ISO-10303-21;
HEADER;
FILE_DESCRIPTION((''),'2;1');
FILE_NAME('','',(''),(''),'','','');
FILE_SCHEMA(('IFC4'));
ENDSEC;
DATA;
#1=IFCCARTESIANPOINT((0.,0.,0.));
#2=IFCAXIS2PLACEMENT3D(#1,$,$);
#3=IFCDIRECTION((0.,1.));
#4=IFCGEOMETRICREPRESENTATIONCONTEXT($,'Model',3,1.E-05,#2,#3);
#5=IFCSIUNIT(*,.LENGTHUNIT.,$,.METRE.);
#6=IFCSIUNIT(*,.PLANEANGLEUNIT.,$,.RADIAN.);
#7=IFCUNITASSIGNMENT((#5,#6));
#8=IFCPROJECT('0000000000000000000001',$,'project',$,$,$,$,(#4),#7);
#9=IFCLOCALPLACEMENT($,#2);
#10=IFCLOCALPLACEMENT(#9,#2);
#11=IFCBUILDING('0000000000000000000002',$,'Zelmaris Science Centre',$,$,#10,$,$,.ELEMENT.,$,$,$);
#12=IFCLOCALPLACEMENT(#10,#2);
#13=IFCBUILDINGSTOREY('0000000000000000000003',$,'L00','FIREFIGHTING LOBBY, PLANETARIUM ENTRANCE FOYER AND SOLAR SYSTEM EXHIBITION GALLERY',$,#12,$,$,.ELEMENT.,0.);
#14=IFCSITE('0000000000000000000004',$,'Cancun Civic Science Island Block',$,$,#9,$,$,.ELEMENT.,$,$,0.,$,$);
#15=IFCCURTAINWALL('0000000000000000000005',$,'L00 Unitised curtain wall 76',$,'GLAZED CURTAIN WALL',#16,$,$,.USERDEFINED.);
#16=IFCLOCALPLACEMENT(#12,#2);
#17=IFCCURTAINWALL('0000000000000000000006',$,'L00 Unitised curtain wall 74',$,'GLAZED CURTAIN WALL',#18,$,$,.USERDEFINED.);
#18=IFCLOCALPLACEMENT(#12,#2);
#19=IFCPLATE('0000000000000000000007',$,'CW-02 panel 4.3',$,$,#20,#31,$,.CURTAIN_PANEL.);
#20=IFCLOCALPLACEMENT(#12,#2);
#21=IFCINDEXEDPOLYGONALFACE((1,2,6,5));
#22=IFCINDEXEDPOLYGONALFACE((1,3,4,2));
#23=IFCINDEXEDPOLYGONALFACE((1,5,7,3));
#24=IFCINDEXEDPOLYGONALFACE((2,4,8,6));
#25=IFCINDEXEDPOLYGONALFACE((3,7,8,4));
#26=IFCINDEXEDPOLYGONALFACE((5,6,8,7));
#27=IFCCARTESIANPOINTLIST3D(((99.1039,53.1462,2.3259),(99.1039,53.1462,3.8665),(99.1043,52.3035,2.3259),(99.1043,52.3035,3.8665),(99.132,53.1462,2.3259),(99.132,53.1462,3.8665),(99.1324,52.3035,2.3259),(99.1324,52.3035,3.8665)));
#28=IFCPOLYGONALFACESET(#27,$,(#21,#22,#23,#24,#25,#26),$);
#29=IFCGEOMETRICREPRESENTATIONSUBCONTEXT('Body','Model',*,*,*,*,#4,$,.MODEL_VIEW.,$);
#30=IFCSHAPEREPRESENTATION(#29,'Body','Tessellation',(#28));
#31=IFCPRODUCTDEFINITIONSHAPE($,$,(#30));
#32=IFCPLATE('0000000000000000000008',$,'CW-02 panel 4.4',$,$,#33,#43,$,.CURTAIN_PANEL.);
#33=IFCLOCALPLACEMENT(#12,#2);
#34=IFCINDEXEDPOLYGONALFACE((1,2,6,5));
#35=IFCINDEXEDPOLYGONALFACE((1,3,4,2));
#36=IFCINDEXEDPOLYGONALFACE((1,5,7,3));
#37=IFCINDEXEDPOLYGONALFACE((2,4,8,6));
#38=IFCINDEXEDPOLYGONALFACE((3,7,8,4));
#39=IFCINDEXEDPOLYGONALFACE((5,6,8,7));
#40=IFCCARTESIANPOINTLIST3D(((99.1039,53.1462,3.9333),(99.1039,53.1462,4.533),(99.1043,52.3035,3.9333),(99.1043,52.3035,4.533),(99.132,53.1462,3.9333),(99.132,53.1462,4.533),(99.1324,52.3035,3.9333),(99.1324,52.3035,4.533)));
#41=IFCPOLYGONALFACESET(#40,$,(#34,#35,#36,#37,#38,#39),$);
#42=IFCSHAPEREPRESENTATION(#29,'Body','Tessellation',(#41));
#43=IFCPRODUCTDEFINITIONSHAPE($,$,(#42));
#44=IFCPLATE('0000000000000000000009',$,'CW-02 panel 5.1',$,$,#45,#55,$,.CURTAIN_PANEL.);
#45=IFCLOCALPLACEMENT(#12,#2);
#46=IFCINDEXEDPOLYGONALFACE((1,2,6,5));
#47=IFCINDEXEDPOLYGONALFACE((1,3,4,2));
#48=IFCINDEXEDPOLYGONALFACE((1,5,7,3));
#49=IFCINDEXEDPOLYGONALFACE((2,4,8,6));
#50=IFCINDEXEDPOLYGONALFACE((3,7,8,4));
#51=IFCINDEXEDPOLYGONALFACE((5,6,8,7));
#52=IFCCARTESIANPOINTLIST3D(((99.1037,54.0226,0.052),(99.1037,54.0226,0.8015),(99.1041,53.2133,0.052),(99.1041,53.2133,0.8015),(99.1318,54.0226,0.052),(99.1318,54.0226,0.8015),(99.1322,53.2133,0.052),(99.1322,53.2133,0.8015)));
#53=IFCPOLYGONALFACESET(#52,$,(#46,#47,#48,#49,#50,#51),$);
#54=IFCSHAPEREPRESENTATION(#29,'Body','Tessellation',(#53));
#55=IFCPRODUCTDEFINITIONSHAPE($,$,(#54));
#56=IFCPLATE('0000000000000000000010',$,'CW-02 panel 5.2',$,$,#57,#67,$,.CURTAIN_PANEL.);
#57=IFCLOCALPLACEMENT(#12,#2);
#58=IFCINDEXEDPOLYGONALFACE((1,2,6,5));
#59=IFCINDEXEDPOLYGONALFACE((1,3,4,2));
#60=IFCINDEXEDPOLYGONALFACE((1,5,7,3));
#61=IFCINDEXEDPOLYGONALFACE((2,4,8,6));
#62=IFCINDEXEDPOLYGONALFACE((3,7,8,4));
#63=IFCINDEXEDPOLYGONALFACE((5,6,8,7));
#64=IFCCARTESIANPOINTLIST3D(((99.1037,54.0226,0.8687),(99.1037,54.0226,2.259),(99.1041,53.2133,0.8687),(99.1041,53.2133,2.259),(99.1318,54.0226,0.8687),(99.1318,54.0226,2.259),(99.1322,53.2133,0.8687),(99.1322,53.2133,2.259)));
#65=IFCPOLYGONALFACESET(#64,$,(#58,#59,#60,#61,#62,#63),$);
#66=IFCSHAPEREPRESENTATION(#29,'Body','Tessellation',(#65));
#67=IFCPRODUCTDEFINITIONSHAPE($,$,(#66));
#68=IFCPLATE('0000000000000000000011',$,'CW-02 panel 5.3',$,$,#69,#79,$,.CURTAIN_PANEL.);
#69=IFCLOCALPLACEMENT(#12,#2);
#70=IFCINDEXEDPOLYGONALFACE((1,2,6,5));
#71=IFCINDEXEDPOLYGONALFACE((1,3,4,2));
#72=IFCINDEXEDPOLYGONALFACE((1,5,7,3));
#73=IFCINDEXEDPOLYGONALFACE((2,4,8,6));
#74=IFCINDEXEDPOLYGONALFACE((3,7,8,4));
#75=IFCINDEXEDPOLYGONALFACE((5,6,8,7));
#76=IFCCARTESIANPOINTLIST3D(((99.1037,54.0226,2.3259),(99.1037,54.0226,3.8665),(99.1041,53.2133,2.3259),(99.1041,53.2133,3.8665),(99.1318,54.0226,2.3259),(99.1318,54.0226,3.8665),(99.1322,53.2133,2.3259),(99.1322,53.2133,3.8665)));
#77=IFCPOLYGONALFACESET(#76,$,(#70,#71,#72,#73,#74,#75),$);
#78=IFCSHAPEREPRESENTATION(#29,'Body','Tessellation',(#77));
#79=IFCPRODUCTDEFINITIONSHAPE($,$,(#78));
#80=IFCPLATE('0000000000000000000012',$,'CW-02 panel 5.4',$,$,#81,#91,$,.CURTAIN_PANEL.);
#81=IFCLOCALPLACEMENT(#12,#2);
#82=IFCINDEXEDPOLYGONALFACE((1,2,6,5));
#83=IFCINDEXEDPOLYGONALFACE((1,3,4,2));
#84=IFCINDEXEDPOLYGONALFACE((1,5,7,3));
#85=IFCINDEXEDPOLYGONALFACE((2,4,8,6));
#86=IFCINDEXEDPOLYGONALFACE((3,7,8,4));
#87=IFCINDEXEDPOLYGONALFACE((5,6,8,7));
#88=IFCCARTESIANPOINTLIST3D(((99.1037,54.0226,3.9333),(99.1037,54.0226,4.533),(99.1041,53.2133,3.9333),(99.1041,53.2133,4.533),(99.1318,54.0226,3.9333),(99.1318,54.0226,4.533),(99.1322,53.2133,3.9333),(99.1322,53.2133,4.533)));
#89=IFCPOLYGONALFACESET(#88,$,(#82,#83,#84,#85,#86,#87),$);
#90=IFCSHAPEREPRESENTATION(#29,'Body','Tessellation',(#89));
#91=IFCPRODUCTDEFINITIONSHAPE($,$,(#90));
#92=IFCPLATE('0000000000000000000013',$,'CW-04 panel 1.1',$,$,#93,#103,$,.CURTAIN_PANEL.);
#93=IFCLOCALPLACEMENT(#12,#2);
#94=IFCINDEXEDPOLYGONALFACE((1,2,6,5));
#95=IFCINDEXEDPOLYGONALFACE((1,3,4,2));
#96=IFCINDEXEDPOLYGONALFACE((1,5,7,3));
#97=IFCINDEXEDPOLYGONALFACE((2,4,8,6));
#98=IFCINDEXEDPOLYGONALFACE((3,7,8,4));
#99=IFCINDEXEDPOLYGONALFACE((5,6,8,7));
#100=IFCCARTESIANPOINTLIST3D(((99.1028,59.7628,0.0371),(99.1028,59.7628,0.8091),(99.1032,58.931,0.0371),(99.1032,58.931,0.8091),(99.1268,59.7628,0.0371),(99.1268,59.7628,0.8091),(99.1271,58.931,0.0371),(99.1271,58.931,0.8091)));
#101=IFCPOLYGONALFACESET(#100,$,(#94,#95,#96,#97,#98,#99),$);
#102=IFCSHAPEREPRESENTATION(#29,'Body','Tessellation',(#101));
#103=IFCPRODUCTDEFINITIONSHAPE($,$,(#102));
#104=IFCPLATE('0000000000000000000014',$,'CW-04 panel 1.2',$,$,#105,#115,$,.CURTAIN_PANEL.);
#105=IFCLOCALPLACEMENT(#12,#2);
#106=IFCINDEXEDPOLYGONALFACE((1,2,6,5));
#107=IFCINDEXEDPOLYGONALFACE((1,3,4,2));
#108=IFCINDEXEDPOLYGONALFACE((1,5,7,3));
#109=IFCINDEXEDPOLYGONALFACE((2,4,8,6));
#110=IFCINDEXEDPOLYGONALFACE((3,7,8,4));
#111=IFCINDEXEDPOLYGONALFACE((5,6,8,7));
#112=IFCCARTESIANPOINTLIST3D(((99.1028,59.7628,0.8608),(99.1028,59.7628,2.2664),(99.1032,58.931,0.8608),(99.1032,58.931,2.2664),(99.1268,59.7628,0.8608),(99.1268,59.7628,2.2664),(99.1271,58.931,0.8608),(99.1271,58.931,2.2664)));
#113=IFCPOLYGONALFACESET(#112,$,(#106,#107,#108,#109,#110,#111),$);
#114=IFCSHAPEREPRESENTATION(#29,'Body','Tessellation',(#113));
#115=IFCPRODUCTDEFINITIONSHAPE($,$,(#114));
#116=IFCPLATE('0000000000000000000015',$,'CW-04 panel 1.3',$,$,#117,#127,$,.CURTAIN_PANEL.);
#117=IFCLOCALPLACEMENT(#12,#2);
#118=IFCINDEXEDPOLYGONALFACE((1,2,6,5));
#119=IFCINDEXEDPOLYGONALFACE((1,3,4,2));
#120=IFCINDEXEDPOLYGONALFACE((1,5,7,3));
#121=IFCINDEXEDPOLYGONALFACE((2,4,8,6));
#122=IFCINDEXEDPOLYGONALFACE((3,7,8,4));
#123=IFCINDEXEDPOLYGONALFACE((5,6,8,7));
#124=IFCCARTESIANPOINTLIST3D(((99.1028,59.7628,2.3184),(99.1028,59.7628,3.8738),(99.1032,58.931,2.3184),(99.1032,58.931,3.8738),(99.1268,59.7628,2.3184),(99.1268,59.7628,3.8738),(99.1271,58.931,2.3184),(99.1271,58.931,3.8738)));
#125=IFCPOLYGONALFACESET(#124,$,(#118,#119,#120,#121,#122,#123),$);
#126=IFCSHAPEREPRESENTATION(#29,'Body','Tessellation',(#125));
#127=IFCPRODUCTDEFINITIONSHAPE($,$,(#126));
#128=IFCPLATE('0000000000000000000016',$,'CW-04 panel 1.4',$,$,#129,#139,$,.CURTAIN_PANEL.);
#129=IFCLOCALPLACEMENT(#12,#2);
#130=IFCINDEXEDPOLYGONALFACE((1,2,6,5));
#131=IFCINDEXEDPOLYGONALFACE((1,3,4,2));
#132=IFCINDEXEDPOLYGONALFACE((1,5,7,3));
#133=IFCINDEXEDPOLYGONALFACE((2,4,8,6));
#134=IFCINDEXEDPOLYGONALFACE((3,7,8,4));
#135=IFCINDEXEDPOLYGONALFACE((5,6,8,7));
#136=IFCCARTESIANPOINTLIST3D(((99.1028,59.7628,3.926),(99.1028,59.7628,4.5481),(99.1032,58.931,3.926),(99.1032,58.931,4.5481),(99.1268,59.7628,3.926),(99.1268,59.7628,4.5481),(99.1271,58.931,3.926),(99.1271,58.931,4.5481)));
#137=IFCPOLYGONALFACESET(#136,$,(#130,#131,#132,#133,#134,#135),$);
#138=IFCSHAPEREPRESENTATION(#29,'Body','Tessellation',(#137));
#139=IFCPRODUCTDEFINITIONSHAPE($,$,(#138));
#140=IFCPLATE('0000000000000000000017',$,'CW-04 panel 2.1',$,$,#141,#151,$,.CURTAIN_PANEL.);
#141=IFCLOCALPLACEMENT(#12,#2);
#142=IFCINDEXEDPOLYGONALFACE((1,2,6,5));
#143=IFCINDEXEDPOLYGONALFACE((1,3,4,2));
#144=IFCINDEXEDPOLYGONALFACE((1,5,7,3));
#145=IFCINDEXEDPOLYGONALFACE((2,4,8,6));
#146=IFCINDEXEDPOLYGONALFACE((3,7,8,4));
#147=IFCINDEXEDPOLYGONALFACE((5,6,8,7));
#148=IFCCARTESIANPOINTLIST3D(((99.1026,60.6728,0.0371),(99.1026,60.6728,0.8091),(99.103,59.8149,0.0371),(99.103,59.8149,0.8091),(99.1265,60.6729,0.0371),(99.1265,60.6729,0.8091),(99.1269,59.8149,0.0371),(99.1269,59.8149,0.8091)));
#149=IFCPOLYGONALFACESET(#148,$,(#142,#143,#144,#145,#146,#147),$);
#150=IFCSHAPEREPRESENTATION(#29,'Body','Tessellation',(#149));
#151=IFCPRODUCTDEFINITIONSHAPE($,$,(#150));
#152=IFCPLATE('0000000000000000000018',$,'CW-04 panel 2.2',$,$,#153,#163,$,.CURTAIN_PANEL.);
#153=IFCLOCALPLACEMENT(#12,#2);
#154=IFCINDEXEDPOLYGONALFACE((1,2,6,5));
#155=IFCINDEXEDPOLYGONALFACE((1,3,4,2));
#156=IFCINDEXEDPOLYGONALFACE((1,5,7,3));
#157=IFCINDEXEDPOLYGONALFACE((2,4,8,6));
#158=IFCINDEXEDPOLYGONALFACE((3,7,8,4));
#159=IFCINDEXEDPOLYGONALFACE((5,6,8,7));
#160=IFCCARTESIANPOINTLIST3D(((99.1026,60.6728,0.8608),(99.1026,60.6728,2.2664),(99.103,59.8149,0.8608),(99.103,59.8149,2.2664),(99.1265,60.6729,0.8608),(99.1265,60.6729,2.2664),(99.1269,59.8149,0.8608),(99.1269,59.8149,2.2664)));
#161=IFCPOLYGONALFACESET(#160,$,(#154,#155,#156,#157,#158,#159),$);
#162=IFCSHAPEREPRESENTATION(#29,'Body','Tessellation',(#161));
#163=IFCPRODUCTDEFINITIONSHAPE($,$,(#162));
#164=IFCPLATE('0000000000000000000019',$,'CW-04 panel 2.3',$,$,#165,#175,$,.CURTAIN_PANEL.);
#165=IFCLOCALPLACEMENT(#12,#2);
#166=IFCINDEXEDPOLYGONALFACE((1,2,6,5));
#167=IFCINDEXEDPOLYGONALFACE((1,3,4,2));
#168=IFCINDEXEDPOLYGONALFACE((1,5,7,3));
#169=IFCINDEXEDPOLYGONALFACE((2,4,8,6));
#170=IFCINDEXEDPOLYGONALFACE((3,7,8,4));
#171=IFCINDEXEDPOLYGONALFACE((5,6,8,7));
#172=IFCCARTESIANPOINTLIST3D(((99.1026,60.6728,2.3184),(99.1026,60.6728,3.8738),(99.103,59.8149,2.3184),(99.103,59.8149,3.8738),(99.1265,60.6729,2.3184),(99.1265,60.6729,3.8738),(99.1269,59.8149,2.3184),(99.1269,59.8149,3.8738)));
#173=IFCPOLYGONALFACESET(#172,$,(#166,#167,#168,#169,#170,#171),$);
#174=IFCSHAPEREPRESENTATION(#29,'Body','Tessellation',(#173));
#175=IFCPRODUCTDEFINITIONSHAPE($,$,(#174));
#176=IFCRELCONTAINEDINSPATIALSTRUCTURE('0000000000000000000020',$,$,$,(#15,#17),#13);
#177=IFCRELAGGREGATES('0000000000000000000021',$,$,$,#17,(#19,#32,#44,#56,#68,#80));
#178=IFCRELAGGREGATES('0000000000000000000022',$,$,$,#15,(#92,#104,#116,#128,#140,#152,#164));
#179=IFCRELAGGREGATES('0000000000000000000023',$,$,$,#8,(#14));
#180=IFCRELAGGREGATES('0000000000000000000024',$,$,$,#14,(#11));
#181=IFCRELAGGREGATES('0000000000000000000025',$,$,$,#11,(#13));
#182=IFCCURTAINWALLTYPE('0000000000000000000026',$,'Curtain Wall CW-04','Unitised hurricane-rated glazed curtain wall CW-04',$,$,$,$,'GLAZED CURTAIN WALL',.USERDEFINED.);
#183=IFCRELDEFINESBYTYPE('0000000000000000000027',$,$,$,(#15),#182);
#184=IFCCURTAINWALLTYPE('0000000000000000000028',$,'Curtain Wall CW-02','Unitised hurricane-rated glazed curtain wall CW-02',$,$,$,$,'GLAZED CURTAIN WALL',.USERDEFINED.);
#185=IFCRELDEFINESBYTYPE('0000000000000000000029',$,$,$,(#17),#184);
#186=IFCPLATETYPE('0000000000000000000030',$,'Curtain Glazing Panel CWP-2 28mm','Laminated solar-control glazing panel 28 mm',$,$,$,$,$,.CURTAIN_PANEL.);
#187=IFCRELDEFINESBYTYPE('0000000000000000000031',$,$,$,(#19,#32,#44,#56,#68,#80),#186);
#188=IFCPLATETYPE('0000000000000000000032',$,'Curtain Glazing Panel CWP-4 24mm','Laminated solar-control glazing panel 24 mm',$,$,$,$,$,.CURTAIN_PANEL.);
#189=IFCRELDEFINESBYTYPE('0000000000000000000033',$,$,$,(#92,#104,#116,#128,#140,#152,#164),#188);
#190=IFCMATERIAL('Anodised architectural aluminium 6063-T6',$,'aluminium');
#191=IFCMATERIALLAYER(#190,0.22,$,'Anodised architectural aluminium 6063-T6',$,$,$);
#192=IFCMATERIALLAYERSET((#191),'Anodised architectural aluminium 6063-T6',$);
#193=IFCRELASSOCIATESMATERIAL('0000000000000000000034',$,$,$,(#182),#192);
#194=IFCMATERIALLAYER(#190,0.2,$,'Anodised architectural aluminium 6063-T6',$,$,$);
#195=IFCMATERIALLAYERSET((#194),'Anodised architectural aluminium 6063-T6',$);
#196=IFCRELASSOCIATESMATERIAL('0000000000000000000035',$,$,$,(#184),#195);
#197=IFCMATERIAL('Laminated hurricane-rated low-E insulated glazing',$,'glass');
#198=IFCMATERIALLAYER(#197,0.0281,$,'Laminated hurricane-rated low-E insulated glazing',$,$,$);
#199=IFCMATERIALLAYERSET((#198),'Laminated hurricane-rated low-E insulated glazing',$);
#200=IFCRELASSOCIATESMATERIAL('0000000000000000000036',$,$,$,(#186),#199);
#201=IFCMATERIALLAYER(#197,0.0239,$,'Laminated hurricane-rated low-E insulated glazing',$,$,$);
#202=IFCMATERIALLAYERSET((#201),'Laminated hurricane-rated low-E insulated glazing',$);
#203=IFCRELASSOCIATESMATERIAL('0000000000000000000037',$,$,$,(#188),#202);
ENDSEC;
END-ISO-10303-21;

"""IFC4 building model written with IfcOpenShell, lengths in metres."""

from ifc_helpers import new_model, si_unit, direction, frame, origin, origin_2d, place, context, subcontext, project, spatial, rectangle, extrude, material, layer, layer_set, type_object, element, aggregate, save


model = new_model("IFC4")

# Units and contexts
model_context = context("Model", 3, precision=1e-05, world=origin(), true_north=direction((0.0, 1.0)))
body_context = subcontext(model_context, "Body", "Model", "MODEL_VIEW")
ifc_project = project(units=[si_unit("LENGTHUNIT", "METRE"), si_unit("PLANEANGLEUNIT", "RADIAN")], contexts=[model_context])

# Site, building, storey
site_placement = place(None, origin())
site = spatial("IfcSite", under=ifc_project, at=site_placement, Name="Cancun Civic Science Island Block", CompositionType="ELEMENT", RefElevation=0.0)
building_placement = place(site_placement, origin())
building = spatial("IfcBuilding", under=site, at=building_placement, Name="Zelmaris Science Centre", CompositionType="ELEMENT")
storey_placement = place(building_placement, origin())
storey = spatial("IfcBuildingStorey", under=building, at=storey_placement, Name="L00", Description="FIREFIGHTING LOBBY, PLANETARIUM ENTRANCE FOYER AND SOLAR SYSTEM EXHIBITION GALLERY", CompositionType="ELEMENT", Elevation=0.0)

# Curtain walls
ifc_material_1 = material(Name="Anodised architectural aluminium 6063-T6", Category="aluminium")
ifc_layer_1 = layer(ifc_material_1, 0.22, Name="Anodised architectural aluminium 6063-T6")
ifc_layer_set_1 = layer_set([ifc_layer_1], Name="Anodised architectural aluminium 6063-T6")
curtain_wall_type_1 = type_object("IfcCurtainWallType", Name="Curtain Wall CW-04", Description="Unitised hurricane-rated glazed curtain wall CW-04", ElementType="GLAZED CURTAIN WALL", PredefinedType="USERDEFINED", material=ifc_layer_set_1)
curtain_wall_1_placement = place(storey_placement, origin())
curtain_wall_1 = element("IfcCurtainWall", 1, at=curtain_wall_1_placement, inside=storey, type_object=curtain_wall_type_1, Name="L00 Unitised curtain wall 76", ObjectType="GLAZED CURTAIN WALL", PredefinedType="USERDEFINED")
ifc_layer_2 = layer(ifc_material_1, 0.2, Name="Anodised architectural aluminium 6063-T6")
ifc_layer_set_2 = layer_set([ifc_layer_2], Name="Anodised architectural aluminium 6063-T6")
curtain_wall_type_2 = type_object("IfcCurtainWallType", Name="Curtain Wall CW-02", Description="Unitised hurricane-rated glazed curtain wall CW-02", ElementType="GLAZED CURTAIN WALL", PredefinedType="USERDEFINED", material=ifc_layer_set_2)
curtain_wall_2_placement = place(storey_placement, origin())
curtain_wall_2 = element("IfcCurtainWall", 2, at=curtain_wall_2_placement, inside=storey, type_object=curtain_wall_type_2, Name="L00 Unitised curtain wall 74", ObjectType="GLAZED CURTAIN WALL", PredefinedType="USERDEFINED")

# Plates
ifc_material_2 = material(Name="Laminated hurricane-rated low-E insulated glazing", Category="glass")
ifc_layer_3 = layer(ifc_material_2, 0.0281, Name="Laminated hurricane-rated low-E insulated glazing")
ifc_layer_set_3 = layer_set([ifc_layer_3], Name="Laminated hurricane-rated low-E insulated glazing")
plate_type_1 = type_object("IfcPlateType", Name="Curtain Glazing Panel CWP-2 28mm", Description="Laminated solar-control glazing panel 28 mm", PredefinedType="CURTAIN_PANEL", material=ifc_layer_set_3)
plate_1_placement = place(storey_placement, frame((99.1182, 52.7249, 2.3259), z_axis=(0.0, 0.0, 1.0), x_axis=(-0.000484, 1.0, 0.0)))
plate_1 = element("IfcPlate", 3, at=plate_1_placement, type_object=plate_type_1, Name="CW-02 panel 4.3", PredefinedType="CURTAIN_PANEL", context=body_context, shape_type="SweptSolid", body=[
    extrude(rectangle(XDim=0.8428, YDim=0.0281, at=origin_2d()), origin(), (0.0, 0.0, 1.0), 1.5405),
])
plate_2_placement = place(storey_placement, frame((99.1182, 52.7249, 3.9333), z_axis=(0.0, 0.0, 1.0), x_axis=(-0.000484, 1.0, 0.0)))
plate_2 = element("IfcPlate", 4, at=plate_2_placement, type_object=plate_type_1, Name="CW-02 panel 4.4", PredefinedType="CURTAIN_PANEL", context=body_context, shape_type="SweptSolid", body=[
    extrude(rectangle(XDim=0.8428, YDim=0.0281, at=origin_2d()), origin(), (0.0, 0.0, 1.0), 0.5996),
])
plate_3_placement = place(storey_placement, frame((99.1179, 53.6179, 0.052), z_axis=(0.0, 0.0, 1.0), x_axis=(-0.000484, 1.0, 0.0)))
plate_3 = element("IfcPlate", 5, at=plate_3_placement, type_object=plate_type_1, Name="CW-02 panel 5.1", PredefinedType="CURTAIN_PANEL", context=body_context, shape_type="SweptSolid", body=[
    extrude(rectangle(XDim=0.8093, YDim=0.0281, at=origin_2d()), origin(), (0.0, 0.0, 1.0), 0.7495),
])
plate_4_placement = place(storey_placement, frame((99.1179, 53.6179, 0.8687), z_axis=(0.0, 0.0, 1.0), x_axis=(-0.000484, 1.0, 0.0)))
plate_4 = element("IfcPlate", 6, at=plate_4_placement, type_object=plate_type_1, Name="CW-02 panel 5.2", PredefinedType="CURTAIN_PANEL", context=body_context, shape_type="SweptSolid", body=[
    extrude(rectangle(XDim=0.8093, YDim=0.0281, at=origin_2d()), origin(), (0.0, 0.0, 1.0), 1.3904),
])
plate_5_placement = place(storey_placement, frame((99.1179, 53.6179, 2.3259), z_axis=(0.0, 0.0, 1.0), x_axis=(-0.000484, 1.0, 0.0)))
plate_5 = element("IfcPlate", 7, at=plate_5_placement, type_object=plate_type_1, Name="CW-02 panel 5.3", PredefinedType="CURTAIN_PANEL", context=body_context, shape_type="SweptSolid", body=[
    extrude(rectangle(XDim=0.8093, YDim=0.0281, at=origin_2d()), origin(), (0.0, 0.0, 1.0), 1.5405),
])
plate_6_placement = place(storey_placement, frame((99.1179, 53.6179, 3.9333), z_axis=(0.0, 0.0, 1.0), x_axis=(-0.000484, 1.0, 0.0)))
plate_6 = element("IfcPlate", 8, at=plate_6_placement, type_object=plate_type_1, Name="CW-02 panel 5.4", PredefinedType="CURTAIN_PANEL", context=body_context, shape_type="SweptSolid", body=[
    extrude(rectangle(XDim=0.8093, YDim=0.0281, at=origin_2d()), origin(), (0.0, 0.0, 1.0), 0.5996),
])
aggregate(curtain_wall_2, [plate_1, plate_2, plate_3, plate_4, plate_5, plate_6])
ifc_layer_4 = layer(ifc_material_2, 0.0239, Name="Laminated hurricane-rated low-E insulated glazing")
ifc_layer_set_4 = layer_set([ifc_layer_4], Name="Laminated hurricane-rated low-E insulated glazing")
plate_type_2 = type_object("IfcPlateType", Name="Curtain Glazing Panel CWP-4 24mm", Description="Laminated solar-control glazing panel 24 mm", PredefinedType="CURTAIN_PANEL", material=ifc_layer_set_4)
plate_7_placement = place(storey_placement, frame((99.115, 59.3469, 0.0371), z_axis=(0.0, 0.0, 1.0), x_axis=(-0.000462, 1.0, 0.0)))
plate_7 = element("IfcPlate", 9, at=plate_7_placement, type_object=plate_type_2, Name="CW-04 panel 1.1", PredefinedType="CURTAIN_PANEL", context=body_context, shape_type="SweptSolid", body=[
    extrude(rectangle(XDim=0.8318, YDim=0.0239, at=origin_2d()), origin(), (0.0, 0.0, 1.0), 0.772),
])
plate_8_placement = place(storey_placement, frame((99.115, 59.3469, 0.8608), z_axis=(0.0, 0.0, 1.0), x_axis=(-0.000462, 1.0, 0.0)))
plate_8 = element("IfcPlate", 10, at=plate_8_placement, type_object=plate_type_2, Name="CW-04 panel 1.2", PredefinedType="CURTAIN_PANEL", context=body_context, shape_type="SweptSolid", body=[
    extrude(rectangle(XDim=0.8318, YDim=0.0239, at=origin_2d()), origin(), (0.0, 0.0, 1.0), 1.4055),
])
plate_9_placement = place(storey_placement, frame((99.115, 59.3469, 2.3184), z_axis=(0.0, 0.0, 1.0), x_axis=(-0.000462, 1.0, 0.0)))
plate_9 = element("IfcPlate", 11, at=plate_9_placement, type_object=plate_type_2, Name="CW-04 panel 1.3", PredefinedType="CURTAIN_PANEL", context=body_context, shape_type="SweptSolid", body=[
    extrude(rectangle(XDim=0.8318, YDim=0.0239, at=origin_2d()), origin(), (0.0, 0.0, 1.0), 1.5554),
])
plate_10_placement = place(storey_placement, frame((99.115, 59.3469, 3.926), z_axis=(0.0, 0.0, 1.0), x_axis=(-0.000462, 1.0, 0.0)))
plate_10 = element("IfcPlate", 12, at=plate_10_placement, type_object=plate_type_2, Name="CW-04 panel 1.4", PredefinedType="CURTAIN_PANEL", context=body_context, shape_type="SweptSolid", body=[
    extrude(rectangle(XDim=0.8318, YDim=0.0239, at=origin_2d()), origin(), (0.0, 0.0, 1.0), 0.6221),
])
plate_11_placement = place(storey_placement, frame((99.1147, 60.2439, 0.0371), z_axis=(0.0, 0.0, 1.0), x_axis=(-0.000462, 1.0, 0.0)))
plate_11 = element("IfcPlate", 13, at=plate_11_placement, type_object=plate_type_2, Name="CW-04 panel 2.1", PredefinedType="CURTAIN_PANEL", context=body_context, shape_type="SweptSolid", body=[
    extrude(rectangle(XDim=0.8579, YDim=0.0239, at=origin_2d()), origin(), (0.0, 0.0, 1.0), 0.772),
])
plate_12_placement = place(storey_placement, frame((99.1147, 60.2439, 0.8608), z_axis=(0.0, 0.0, 1.0), x_axis=(-0.000462, 1.0, 0.0)))
plate_12 = element("IfcPlate", 14, at=plate_12_placement, type_object=plate_type_2, Name="CW-04 panel 2.2", PredefinedType="CURTAIN_PANEL", context=body_context, shape_type="SweptSolid", body=[
    extrude(rectangle(XDim=0.8579, YDim=0.0239, at=origin_2d()), origin(), (0.0, 0.0, 1.0), 1.4055),
])
plate_13_placement = place(storey_placement, frame((99.1147, 60.2439, 2.3184), z_axis=(0.0, 0.0, 1.0), x_axis=(-0.000462, 1.0, 0.0)))
plate_13 = element("IfcPlate", 15, at=plate_13_placement, type_object=plate_type_2, Name="CW-04 panel 2.3", PredefinedType="CURTAIN_PANEL", context=body_context, shape_type="SweptSolid", body=[
    extrude(rectangle(XDim=0.8579, YDim=0.0239, at=origin_2d()), origin(), (0.0, 0.0, 1.0), 1.5554),
])
aggregate(curtain_wall_1, [plate_7, plate_8, plate_9, plate_10, plate_11, plate_12, plate_13])

save(model, "model.ifc")
